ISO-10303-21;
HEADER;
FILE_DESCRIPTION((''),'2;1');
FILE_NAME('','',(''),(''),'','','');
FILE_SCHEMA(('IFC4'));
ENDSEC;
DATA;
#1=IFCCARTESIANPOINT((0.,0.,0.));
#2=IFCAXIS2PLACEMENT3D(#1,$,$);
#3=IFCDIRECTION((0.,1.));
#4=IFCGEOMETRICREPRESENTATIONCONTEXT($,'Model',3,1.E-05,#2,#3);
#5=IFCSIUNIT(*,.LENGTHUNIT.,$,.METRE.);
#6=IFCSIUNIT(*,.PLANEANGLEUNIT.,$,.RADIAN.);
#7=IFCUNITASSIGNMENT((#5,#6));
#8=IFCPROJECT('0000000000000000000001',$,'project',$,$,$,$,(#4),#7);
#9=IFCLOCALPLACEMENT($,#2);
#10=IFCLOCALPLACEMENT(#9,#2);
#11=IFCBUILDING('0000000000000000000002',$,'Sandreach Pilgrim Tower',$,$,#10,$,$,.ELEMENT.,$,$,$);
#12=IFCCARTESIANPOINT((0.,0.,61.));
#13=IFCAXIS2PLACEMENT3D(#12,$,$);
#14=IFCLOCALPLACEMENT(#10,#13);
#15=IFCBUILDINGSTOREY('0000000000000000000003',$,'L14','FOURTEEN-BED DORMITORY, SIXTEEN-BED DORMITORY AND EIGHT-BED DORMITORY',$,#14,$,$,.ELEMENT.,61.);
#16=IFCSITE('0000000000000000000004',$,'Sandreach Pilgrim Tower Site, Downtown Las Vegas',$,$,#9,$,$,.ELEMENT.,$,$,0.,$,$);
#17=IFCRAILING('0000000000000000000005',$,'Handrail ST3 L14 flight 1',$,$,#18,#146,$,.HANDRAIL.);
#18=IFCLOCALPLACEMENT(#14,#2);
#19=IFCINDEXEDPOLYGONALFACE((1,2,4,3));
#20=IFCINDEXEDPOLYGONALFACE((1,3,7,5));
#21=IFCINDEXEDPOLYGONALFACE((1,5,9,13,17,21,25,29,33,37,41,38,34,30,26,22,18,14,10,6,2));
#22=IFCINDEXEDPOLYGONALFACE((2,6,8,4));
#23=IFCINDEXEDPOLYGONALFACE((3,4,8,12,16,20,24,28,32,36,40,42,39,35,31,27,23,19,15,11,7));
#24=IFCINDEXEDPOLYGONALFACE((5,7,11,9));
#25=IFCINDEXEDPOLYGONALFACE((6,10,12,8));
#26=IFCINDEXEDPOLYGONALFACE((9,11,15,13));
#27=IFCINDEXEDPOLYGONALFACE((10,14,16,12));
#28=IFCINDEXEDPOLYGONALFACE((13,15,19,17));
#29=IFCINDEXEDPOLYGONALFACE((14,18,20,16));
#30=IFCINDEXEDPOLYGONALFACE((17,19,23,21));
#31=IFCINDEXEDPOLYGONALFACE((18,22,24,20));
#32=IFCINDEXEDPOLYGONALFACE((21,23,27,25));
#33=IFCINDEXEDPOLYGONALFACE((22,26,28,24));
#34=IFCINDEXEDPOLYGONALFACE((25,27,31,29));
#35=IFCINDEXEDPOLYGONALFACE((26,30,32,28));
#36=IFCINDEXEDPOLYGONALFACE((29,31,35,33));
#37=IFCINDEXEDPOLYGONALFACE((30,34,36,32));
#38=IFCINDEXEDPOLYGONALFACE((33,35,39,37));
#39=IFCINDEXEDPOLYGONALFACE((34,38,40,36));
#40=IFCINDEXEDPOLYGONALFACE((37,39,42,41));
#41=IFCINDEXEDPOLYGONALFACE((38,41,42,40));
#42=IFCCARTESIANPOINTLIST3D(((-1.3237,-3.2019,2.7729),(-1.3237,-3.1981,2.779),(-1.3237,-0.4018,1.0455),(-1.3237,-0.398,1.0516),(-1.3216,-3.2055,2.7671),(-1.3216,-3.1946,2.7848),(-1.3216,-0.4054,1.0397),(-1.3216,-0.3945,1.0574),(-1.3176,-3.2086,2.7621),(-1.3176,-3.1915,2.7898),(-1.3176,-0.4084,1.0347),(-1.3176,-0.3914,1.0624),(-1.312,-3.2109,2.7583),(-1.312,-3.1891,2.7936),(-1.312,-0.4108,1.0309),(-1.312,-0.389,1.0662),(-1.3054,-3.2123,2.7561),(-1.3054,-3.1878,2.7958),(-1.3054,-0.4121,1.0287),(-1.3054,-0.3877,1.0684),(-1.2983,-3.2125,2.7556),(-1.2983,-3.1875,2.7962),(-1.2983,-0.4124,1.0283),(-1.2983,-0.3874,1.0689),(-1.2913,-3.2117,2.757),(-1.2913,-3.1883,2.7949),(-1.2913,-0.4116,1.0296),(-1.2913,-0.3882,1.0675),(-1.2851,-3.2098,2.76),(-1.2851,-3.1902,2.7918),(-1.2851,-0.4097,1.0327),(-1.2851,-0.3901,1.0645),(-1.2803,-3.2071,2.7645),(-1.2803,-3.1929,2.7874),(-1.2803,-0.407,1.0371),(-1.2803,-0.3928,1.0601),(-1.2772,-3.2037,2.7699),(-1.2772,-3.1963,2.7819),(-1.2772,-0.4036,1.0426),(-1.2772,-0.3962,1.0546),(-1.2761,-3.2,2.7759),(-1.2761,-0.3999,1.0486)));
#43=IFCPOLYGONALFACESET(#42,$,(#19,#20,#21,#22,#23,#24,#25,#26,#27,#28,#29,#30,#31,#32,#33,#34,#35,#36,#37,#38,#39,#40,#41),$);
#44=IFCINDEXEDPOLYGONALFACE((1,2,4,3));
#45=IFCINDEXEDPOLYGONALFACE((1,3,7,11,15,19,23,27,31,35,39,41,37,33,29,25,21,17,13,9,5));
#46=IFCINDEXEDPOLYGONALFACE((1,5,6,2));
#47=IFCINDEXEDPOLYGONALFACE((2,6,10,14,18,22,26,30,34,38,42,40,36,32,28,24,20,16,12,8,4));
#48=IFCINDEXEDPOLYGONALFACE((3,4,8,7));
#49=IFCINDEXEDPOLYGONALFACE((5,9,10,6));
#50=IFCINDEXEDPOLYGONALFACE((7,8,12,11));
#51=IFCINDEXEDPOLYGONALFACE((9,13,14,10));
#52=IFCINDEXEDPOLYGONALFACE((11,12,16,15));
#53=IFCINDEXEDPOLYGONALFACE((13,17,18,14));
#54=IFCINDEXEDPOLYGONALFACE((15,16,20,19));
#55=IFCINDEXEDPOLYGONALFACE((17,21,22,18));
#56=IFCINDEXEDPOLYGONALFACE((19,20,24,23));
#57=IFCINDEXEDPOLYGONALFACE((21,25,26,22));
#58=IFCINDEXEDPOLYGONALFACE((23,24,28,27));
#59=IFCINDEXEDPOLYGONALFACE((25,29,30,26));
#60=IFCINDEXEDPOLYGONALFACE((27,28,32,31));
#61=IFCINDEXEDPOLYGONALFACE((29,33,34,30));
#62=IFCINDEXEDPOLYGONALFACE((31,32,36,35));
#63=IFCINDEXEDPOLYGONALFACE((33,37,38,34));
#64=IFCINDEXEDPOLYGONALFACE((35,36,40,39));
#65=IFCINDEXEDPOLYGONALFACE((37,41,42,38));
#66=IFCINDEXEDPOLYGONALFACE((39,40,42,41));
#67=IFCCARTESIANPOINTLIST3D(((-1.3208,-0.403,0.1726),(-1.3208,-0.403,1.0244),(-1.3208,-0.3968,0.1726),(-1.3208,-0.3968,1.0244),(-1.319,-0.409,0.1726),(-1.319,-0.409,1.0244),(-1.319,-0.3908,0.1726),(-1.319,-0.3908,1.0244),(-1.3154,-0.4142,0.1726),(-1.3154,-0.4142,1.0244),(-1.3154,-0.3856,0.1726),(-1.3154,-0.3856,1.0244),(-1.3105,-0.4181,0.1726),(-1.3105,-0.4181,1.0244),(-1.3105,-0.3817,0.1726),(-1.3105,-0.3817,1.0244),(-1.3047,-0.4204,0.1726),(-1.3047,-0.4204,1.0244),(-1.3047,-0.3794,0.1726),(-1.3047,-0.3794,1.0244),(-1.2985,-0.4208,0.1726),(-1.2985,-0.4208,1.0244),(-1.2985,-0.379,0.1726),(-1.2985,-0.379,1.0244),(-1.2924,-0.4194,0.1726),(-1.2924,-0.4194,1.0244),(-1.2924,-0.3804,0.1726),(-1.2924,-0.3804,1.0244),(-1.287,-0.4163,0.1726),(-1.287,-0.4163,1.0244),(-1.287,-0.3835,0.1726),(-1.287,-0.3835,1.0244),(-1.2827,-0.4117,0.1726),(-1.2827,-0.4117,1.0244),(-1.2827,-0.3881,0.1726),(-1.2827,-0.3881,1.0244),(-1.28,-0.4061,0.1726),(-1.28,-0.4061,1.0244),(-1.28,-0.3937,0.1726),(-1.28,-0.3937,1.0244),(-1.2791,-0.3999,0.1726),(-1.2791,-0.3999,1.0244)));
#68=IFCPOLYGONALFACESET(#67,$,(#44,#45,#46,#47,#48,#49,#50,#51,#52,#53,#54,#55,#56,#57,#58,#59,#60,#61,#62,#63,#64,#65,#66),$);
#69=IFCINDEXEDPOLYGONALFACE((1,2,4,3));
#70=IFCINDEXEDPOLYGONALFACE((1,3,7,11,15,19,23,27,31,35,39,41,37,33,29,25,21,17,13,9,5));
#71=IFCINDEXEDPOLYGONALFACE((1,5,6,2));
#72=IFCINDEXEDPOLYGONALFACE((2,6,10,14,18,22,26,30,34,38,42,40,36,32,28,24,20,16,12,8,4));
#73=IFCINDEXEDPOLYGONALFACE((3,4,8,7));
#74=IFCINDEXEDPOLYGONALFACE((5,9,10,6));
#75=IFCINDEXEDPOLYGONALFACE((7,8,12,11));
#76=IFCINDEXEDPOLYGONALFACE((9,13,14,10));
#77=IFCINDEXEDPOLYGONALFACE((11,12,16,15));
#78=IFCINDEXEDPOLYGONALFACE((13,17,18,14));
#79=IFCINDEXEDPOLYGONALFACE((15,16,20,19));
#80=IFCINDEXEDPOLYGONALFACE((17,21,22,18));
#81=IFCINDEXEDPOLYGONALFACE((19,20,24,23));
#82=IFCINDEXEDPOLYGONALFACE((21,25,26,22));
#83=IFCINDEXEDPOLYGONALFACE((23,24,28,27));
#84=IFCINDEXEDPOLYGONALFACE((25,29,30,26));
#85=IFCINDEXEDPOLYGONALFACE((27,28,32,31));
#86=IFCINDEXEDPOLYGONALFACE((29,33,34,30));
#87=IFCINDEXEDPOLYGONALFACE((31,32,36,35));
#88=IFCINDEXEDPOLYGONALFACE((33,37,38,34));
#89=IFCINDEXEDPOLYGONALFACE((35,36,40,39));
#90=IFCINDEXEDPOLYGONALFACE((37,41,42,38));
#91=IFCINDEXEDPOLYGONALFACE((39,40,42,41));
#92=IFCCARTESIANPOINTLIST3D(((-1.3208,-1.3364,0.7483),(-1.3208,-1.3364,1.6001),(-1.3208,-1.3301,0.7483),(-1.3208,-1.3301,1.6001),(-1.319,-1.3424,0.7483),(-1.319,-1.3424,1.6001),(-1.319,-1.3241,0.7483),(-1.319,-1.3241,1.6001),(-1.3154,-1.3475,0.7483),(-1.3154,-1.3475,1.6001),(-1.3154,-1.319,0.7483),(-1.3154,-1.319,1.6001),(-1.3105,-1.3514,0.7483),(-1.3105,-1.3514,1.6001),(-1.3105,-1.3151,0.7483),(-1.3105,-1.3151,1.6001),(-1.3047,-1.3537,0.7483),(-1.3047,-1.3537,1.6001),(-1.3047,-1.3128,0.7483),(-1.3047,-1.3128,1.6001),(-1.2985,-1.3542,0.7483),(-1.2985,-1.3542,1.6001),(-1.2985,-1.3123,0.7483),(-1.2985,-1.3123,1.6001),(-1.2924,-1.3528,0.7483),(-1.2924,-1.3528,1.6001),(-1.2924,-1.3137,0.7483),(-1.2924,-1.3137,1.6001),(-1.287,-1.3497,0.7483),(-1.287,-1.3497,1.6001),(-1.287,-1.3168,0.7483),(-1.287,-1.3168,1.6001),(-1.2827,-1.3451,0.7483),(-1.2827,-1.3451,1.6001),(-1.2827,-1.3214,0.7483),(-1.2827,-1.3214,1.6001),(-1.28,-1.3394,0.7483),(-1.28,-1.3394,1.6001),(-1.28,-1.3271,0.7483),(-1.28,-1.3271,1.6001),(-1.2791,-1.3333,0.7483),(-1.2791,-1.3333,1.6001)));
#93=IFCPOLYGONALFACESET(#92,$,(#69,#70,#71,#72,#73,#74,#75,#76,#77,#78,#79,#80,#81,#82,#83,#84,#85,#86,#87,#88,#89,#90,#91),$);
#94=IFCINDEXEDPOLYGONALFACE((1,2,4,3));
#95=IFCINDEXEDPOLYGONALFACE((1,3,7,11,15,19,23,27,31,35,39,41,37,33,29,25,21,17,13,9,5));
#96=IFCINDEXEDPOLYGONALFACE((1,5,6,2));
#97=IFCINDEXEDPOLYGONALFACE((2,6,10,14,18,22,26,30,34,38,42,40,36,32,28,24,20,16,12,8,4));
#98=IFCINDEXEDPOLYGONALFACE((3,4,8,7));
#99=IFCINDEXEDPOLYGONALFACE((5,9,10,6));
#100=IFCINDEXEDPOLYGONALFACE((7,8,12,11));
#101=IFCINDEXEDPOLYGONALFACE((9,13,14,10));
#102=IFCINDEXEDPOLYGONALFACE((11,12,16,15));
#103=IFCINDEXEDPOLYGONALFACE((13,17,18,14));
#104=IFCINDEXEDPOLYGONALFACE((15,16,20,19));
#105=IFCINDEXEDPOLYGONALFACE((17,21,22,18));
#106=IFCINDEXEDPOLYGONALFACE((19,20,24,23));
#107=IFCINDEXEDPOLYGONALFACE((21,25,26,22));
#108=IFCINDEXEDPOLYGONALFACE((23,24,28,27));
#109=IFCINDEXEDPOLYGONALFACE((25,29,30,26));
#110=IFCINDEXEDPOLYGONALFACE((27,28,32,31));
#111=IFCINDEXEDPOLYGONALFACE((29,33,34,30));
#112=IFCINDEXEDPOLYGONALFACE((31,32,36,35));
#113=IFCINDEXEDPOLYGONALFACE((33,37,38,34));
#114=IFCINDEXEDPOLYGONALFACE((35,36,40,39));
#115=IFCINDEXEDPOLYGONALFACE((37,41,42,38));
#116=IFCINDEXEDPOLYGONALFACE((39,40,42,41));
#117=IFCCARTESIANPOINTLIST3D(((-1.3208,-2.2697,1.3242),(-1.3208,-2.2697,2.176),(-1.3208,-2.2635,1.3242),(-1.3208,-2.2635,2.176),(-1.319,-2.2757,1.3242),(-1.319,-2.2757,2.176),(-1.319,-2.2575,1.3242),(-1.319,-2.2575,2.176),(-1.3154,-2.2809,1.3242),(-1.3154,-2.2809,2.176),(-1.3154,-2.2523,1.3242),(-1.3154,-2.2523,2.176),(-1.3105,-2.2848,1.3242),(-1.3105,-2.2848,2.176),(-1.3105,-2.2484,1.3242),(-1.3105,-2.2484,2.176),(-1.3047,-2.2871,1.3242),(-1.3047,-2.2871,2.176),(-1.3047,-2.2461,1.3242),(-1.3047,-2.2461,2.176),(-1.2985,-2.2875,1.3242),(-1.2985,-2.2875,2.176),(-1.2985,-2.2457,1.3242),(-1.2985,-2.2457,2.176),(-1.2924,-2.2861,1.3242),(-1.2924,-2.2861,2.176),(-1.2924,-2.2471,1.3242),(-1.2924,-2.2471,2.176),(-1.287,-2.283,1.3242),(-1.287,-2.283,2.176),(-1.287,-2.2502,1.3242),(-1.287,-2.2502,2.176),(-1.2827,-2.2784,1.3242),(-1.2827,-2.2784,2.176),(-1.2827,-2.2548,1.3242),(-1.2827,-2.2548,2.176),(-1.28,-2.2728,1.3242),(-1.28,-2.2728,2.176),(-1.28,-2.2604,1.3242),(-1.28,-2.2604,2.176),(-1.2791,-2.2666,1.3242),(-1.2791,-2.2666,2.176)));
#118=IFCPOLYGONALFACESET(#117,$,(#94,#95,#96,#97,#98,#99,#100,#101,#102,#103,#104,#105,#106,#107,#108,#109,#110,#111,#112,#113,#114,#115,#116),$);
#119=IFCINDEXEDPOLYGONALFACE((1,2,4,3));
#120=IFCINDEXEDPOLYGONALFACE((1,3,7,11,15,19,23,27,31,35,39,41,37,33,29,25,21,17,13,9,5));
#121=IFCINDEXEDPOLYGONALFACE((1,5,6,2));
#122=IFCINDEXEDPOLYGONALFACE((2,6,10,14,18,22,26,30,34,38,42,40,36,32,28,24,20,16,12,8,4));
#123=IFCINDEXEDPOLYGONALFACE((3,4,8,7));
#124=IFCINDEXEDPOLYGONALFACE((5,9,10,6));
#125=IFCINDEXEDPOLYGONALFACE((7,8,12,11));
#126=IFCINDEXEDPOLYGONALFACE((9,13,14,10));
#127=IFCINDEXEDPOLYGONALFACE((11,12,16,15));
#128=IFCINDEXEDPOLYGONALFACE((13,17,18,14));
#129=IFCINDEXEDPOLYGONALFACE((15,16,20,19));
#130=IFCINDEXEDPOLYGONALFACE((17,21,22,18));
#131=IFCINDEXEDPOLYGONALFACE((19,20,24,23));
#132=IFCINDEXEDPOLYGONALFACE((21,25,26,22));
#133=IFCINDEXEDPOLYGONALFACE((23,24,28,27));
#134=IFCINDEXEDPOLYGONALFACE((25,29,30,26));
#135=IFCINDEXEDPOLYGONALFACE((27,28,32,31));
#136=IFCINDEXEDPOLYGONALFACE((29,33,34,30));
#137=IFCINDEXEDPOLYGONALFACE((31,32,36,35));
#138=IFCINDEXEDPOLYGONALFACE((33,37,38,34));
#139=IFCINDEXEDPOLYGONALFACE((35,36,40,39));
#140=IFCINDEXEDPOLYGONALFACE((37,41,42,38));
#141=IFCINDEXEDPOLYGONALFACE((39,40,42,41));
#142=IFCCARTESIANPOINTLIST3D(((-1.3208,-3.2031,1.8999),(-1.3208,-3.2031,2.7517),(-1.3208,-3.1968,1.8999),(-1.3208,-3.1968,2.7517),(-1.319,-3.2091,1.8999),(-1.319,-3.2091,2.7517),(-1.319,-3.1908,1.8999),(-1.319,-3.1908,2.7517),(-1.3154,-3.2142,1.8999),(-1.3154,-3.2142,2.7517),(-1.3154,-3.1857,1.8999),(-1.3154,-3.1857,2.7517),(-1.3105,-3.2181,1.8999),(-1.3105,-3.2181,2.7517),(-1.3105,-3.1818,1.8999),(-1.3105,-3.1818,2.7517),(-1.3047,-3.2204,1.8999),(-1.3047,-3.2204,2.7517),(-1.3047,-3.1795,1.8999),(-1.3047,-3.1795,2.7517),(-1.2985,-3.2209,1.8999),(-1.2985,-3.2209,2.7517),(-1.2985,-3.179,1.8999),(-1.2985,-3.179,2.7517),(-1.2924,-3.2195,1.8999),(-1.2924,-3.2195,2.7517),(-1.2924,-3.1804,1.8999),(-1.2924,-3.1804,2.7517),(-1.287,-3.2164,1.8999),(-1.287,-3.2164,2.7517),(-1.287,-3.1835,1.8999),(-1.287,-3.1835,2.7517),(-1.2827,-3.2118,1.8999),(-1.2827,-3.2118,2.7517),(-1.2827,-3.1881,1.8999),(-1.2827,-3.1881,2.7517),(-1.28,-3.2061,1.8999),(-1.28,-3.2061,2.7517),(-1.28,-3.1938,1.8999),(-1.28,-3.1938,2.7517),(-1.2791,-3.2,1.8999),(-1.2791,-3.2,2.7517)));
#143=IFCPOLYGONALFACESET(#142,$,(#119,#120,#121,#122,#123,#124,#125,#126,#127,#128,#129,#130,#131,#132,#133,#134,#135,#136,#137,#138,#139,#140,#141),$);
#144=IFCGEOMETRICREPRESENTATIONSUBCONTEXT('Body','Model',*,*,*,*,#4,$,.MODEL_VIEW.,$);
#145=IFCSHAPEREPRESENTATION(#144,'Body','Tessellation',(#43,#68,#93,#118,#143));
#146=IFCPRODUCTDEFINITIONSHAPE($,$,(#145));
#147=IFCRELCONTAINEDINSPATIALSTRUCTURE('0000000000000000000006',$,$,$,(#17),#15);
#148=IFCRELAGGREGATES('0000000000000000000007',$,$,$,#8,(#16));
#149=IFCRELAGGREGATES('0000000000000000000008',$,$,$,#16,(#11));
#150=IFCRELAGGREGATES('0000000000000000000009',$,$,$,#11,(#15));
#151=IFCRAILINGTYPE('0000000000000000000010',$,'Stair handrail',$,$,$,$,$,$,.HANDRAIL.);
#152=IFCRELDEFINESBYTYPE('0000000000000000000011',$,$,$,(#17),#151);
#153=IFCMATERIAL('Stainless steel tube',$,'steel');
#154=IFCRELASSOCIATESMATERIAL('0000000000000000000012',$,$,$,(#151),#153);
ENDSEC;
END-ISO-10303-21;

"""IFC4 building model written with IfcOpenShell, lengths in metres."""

from ifc_helpers import new_model, si_unit, direction, frame, origin, origin_2d, place, context, subcontext, project, spatial, circle, extrude, material, type_object, element, save


model = new_model("IFC4")

# Units and contexts
model_context = context("Model", 3, precision=1e-05, world=origin(), true_north=direction((0.0, 1.0)))
body_context = subcontext(model_context, "Body", "Model", "MODEL_VIEW")
ifc_project = project(units=[si_unit("LENGTHUNIT", "METRE"), si_unit("PLANEANGLEUNIT", "RADIAN")], contexts=[model_context])

# Site, building, storey
site_placement = place(None, origin())
site = spatial("IfcSite", under=ifc_project, at=site_placement, Name="Sandreach Pilgrim Tower Site, Downtown Las Vegas", CompositionType="ELEMENT", RefElevation=0.0)
building_placement = place(site_placement, origin())
building = spatial("IfcBuilding", under=site, at=building_placement, Name="Sandreach Pilgrim Tower", CompositionType="ELEMENT")
storey_placement = place(building_placement, frame((0.0, 0.0, 61.0)))
storey = spatial("IfcBuildingStorey", under=building, at=storey_placement, Name="L14", Description="FOURTEEN-BED DORMITORY, SIXTEEN-BED DORMITORY AND EIGHT-BED DORMITORY", CompositionType="ELEMENT", Elevation=61.0)

# Railing
ifc_material_1 = material(Name="Stainless steel tube", Category="steel")
railing_type = type_object("IfcRailingType", Name="Stair handrail", PredefinedType="HANDRAIL", material=ifc_material_1)
railing_placement = place(storey_placement, frame((-1.3, -0.3999, 0.1726)))
element("IfcRailing", 1, at=railing_placement, inside=storey, type_object=railing_type, Name="Handrail ST3 L14 flight 1", PredefinedType="HANDRAIL", context=body_context, shape_type="SweptSolid", body=[
    extrude(circle(Radius=0.0239, at=origin_2d()), frame((0.0, 0.0, 0.876), z_axis=(0.0, -0.85109, 0.52502), x_axis=(1.0, 0.0, 0.0)), (0.0, 0.0, 1.0), 3.29),
    extrude(circle(Radius=0.021, at=origin_2d()), origin(), (0.0, 0.0, 1.0), 0.8518),
    extrude(circle(Radius=0.021, at=origin_2d()), frame((0.0, -0.9333, 0.5757)), (0.0, 0.0, 1.0), 0.8518),
    extrude(circle(Radius=0.021, at=origin_2d()), frame((0.0, -1.8667, 1.1516)), (0.0, 0.0, 1.0), 0.8518),
    extrude(circle(Radius=0.021, at=origin_2d()), frame((0.0, -2.8, 1.7273)), (0.0, 0.0, 1.0), 0.8518),
])

save(model, "model.ifc")
